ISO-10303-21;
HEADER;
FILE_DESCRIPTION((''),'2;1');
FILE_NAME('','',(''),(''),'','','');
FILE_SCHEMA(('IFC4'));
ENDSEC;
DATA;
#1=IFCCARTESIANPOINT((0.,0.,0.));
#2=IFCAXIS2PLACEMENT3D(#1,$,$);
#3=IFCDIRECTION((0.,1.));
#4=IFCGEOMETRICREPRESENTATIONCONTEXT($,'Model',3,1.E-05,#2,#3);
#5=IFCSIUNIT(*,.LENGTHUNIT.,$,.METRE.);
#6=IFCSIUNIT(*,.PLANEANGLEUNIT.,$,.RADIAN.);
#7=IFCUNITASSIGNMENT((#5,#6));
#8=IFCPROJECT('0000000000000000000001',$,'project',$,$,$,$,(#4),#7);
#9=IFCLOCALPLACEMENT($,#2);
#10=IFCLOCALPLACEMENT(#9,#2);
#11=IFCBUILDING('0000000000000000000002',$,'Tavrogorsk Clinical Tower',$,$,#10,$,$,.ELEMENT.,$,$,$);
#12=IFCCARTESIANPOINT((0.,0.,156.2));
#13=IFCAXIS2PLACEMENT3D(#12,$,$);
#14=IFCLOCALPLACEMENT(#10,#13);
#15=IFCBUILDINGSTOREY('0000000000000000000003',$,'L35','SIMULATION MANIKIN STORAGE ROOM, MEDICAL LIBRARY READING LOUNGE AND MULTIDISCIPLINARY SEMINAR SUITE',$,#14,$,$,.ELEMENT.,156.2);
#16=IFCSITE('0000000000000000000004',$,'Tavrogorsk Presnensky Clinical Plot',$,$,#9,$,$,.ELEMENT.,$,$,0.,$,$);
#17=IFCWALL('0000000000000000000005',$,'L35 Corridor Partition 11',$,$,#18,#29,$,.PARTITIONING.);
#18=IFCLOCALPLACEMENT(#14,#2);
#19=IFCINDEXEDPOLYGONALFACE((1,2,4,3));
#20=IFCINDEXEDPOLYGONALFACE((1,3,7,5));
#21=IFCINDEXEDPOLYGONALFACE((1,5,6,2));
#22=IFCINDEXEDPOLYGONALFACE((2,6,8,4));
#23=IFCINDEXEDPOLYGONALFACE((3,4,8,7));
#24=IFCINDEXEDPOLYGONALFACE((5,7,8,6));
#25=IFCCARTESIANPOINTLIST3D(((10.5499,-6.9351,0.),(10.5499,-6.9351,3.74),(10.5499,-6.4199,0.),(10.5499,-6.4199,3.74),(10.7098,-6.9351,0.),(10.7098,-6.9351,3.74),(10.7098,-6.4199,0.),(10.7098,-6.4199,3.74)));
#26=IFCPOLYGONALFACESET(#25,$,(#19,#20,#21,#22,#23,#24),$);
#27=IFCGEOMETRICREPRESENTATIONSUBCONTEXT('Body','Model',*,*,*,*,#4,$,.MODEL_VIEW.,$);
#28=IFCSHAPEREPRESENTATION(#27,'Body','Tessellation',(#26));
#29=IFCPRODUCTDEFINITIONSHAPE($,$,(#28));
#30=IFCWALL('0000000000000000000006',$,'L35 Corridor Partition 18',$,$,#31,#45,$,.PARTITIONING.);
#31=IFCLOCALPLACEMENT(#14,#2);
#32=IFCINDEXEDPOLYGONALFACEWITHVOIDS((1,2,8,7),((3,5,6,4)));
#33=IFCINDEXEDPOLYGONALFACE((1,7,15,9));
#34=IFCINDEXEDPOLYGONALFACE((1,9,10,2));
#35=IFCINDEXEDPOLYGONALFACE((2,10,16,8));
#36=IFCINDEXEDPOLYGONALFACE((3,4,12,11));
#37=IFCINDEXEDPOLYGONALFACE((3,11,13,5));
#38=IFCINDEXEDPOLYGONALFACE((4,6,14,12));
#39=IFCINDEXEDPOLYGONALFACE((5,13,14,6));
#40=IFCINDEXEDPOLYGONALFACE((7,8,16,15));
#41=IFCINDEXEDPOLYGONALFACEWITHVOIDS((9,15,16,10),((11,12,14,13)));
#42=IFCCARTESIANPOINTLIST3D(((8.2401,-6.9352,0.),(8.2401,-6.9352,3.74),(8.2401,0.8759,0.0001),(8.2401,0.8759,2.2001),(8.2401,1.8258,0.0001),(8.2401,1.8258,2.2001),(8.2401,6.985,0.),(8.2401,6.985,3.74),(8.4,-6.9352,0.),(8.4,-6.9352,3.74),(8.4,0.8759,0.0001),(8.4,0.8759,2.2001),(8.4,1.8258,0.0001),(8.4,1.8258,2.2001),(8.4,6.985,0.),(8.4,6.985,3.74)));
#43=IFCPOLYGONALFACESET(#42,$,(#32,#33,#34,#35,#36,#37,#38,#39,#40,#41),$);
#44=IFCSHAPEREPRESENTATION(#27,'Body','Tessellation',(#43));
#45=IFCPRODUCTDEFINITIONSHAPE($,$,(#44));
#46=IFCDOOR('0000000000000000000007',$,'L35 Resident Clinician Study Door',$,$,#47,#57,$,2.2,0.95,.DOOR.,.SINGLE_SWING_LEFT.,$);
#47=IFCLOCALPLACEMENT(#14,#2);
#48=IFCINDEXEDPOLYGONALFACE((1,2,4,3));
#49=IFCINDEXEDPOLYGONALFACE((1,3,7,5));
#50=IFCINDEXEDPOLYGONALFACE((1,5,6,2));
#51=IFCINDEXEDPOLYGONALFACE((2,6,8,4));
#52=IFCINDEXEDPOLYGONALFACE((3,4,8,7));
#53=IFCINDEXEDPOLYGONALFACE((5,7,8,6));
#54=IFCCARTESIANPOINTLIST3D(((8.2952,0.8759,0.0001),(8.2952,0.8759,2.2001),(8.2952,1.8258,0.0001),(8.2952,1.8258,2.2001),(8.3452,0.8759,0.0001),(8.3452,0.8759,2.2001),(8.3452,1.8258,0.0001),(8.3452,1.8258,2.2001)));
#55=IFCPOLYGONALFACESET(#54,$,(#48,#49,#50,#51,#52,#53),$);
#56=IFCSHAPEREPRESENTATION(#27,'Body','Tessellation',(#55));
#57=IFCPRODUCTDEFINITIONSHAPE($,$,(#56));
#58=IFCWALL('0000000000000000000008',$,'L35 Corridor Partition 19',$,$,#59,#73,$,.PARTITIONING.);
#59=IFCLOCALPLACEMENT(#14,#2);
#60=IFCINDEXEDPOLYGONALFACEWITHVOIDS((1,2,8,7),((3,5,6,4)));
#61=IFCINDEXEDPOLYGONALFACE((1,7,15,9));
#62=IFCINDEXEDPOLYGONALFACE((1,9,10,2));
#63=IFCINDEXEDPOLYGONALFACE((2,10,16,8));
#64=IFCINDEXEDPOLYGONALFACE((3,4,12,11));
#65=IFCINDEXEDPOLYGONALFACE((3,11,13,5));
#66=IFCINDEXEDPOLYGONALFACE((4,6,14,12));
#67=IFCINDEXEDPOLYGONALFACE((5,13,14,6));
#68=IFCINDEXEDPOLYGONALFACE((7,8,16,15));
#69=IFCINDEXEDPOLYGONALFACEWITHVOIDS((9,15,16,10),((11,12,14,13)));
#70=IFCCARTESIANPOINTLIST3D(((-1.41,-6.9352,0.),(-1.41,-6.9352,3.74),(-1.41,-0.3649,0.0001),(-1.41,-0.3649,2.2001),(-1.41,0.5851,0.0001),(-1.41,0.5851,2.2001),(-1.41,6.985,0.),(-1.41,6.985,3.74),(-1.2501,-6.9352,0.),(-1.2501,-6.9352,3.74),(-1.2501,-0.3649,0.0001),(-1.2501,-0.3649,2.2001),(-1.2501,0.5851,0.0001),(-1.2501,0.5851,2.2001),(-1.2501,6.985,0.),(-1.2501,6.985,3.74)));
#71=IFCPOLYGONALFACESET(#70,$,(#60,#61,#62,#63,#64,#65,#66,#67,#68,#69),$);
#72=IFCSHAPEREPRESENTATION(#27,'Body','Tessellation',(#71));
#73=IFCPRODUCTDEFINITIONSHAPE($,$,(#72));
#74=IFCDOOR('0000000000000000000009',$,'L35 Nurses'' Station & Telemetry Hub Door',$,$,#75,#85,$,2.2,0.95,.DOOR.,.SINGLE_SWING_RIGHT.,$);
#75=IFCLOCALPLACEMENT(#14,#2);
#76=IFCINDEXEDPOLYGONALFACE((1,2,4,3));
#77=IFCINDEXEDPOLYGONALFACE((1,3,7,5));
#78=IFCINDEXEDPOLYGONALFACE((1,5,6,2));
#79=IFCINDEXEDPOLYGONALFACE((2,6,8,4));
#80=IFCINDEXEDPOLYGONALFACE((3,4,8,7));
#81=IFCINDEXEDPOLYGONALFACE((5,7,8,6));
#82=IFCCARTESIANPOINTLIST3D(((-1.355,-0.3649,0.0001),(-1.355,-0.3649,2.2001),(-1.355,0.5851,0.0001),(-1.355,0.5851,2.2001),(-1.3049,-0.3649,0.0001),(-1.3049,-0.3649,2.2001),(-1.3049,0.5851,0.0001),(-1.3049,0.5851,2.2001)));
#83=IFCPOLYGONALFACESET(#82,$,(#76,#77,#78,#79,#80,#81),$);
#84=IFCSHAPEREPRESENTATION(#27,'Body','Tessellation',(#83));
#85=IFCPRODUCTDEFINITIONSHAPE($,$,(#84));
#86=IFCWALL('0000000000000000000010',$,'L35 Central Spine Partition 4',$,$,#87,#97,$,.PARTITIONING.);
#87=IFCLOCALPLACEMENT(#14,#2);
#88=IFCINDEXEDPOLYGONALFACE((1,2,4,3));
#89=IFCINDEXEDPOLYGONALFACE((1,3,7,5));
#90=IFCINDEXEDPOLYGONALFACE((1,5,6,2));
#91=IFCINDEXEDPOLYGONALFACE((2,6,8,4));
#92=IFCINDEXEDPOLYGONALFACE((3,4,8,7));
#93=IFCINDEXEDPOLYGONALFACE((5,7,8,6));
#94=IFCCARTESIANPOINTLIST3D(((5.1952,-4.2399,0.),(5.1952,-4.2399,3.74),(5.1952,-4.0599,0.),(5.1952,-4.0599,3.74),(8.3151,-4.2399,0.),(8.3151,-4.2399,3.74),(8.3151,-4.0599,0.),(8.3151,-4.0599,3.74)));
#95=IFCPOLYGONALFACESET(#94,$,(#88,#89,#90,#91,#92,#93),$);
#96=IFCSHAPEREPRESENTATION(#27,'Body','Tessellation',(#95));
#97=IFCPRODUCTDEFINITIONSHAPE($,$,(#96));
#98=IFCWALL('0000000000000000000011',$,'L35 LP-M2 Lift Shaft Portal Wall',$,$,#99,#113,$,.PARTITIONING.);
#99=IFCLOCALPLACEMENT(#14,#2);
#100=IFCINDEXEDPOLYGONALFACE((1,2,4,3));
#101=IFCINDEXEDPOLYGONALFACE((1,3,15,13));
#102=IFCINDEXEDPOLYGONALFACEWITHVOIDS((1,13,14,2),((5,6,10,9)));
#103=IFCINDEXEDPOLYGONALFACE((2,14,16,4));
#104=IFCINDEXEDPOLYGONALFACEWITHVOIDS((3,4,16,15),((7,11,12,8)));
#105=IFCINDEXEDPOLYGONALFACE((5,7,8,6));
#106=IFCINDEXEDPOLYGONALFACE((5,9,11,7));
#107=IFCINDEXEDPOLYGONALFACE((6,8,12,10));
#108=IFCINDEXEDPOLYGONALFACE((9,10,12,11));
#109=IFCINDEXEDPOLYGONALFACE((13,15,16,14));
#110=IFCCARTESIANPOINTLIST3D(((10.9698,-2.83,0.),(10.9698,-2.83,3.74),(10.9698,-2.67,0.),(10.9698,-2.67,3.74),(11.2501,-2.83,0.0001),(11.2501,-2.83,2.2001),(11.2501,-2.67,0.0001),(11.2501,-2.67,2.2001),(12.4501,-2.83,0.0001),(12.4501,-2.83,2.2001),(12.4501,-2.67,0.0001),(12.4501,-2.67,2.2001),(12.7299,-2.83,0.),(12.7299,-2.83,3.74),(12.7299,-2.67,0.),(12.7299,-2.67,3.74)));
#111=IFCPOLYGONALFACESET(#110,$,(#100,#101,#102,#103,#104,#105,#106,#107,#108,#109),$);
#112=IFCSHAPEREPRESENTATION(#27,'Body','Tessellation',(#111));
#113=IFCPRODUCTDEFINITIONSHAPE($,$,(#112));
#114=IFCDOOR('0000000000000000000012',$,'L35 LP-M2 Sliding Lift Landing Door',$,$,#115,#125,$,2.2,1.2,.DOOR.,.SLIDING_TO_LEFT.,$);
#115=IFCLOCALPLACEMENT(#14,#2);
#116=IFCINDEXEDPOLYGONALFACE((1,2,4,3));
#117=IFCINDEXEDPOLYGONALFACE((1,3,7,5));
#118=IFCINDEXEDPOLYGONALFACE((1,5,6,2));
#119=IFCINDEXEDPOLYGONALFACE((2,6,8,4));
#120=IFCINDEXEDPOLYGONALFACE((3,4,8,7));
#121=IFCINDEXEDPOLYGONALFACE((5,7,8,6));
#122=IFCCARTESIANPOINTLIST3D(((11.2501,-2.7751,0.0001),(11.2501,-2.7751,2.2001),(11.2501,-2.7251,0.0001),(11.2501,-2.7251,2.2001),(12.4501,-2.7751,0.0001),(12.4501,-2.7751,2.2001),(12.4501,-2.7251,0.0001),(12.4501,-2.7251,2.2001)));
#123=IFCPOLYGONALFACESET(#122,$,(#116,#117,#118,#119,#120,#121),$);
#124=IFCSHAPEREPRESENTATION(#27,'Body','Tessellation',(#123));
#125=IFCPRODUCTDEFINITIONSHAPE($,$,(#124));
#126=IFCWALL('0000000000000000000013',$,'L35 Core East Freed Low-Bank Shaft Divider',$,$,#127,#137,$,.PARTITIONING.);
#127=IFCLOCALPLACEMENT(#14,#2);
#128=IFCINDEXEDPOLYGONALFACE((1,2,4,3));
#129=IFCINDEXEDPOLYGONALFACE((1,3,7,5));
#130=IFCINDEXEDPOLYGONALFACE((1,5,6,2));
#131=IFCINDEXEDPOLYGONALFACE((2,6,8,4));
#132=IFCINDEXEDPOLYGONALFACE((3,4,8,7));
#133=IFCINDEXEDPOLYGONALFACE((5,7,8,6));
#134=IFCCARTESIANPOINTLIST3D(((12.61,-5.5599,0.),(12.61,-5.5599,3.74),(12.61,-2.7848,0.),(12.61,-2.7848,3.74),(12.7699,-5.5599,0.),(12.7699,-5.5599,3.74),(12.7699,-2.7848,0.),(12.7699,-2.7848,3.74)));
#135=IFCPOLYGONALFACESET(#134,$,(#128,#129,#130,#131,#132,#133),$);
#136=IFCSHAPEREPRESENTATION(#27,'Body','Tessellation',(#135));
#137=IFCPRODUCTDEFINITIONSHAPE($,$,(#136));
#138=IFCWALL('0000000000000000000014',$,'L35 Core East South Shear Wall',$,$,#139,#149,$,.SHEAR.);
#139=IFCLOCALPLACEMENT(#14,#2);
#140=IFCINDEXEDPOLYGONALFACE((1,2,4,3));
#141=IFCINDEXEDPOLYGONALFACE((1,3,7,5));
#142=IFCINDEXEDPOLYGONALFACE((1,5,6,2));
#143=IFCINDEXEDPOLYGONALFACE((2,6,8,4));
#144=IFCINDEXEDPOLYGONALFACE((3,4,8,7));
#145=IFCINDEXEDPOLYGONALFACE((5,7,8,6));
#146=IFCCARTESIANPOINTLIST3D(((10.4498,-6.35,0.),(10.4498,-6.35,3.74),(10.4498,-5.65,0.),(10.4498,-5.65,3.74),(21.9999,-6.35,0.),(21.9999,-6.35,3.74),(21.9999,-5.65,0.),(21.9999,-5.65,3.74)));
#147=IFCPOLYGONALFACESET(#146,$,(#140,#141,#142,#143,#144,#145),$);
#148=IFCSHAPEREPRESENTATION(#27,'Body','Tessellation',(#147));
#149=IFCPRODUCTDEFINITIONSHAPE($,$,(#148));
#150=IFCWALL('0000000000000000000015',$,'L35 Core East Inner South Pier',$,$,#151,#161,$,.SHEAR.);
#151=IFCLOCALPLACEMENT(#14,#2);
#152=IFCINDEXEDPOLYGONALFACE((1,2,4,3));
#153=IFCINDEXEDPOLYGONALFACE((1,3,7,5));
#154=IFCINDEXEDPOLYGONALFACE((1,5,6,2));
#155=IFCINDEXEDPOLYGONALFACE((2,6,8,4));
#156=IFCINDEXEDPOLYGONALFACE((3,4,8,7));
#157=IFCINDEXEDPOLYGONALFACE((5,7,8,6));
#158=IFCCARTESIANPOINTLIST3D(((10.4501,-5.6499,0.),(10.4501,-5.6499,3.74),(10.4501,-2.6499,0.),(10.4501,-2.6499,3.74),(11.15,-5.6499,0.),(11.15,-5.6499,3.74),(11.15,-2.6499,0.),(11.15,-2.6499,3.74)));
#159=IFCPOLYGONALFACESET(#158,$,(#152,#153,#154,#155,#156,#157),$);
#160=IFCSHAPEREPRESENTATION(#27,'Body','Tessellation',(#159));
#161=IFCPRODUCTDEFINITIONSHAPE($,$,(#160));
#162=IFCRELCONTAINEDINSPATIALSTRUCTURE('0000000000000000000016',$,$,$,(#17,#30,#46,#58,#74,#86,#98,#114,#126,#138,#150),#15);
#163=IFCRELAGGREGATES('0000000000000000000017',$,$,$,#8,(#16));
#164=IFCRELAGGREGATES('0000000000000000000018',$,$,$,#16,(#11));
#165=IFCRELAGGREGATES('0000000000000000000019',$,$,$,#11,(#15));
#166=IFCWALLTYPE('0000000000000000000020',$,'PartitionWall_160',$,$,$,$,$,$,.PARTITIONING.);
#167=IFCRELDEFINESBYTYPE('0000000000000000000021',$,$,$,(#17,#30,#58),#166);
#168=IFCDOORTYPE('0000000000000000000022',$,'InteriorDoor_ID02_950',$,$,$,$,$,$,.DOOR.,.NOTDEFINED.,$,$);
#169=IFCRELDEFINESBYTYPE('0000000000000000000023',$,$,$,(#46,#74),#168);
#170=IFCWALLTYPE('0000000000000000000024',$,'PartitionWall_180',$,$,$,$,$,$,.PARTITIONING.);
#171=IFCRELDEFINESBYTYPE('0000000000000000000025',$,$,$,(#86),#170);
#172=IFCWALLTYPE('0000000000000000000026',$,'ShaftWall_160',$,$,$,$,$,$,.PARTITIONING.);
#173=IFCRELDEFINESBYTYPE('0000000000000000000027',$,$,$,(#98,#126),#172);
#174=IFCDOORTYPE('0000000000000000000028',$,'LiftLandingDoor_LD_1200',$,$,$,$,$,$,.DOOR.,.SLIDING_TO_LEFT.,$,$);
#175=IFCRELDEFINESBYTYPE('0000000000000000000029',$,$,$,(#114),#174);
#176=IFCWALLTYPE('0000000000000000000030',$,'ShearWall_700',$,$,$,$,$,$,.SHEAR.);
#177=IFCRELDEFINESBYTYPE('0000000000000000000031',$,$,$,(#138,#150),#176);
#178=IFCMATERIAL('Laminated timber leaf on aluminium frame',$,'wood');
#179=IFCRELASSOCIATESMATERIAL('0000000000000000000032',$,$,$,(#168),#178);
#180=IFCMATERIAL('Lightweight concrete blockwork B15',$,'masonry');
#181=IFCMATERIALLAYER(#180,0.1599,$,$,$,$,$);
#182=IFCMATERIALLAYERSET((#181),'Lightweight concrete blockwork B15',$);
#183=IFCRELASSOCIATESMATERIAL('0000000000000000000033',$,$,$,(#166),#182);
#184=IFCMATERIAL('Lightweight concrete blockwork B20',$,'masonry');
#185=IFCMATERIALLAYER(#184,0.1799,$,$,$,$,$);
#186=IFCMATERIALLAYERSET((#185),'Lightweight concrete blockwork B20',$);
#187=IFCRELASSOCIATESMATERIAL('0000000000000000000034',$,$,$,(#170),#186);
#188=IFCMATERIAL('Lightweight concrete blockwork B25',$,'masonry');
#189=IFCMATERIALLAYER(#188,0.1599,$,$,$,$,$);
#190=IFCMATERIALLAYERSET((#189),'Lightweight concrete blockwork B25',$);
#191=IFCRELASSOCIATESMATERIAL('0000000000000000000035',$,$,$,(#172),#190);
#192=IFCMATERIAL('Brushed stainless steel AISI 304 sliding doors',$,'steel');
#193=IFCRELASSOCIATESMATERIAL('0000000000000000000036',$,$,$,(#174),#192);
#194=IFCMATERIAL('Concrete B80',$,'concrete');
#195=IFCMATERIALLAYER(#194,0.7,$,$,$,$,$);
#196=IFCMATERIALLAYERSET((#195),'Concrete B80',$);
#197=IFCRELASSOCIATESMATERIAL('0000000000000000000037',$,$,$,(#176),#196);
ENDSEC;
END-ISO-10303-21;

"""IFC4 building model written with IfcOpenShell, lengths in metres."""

from ifc_helpers import new_model, si_unit, direction, frame, frame_2d, origin, place, context, subcontext, project, spatial, rectangle, extrude, material, layer, layer_set, type_object, element, fill, save


model = new_model("IFC4")

# Units and contexts
model_context = context("Model", 3, precision=1e-05, world=origin(), true_north=direction((0.0, 1.0)))
body_context = subcontext(model_context, "Body", "Model", "MODEL_VIEW")
ifc_project = project(units=[si_unit("LENGTHUNIT", "METRE"), si_unit("PLANEANGLEUNIT", "RADIAN")], contexts=[model_context])

# Site, building, storey
site_placement = place(None, origin())
site = spatial("IfcSite", under=ifc_project, at=site_placement, Name="Tavrogorsk Presnensky Clinical Plot", CompositionType="ELEMENT", RefElevation=0.0)
building_placement = place(site_placement, origin())
building = spatial("IfcBuilding", under=site, at=building_placement, Name="Tavrogorsk Clinical Tower", CompositionType="ELEMENT")
storey_placement = place(building_placement, frame((0.0, 0.0, 156.2)))
storey = spatial("IfcBuildingStorey", under=building, at=storey_placement, Name="L35", Description="SIMULATION MANIKIN STORAGE ROOM, MEDICAL LIBRARY READING LOUNGE AND MULTIDISCIPLINARY SEMINAR SUITE", CompositionType="ELEMENT", Elevation=156.2)

# Shared definitions
ifc_material_1 = material(Name="Laminated timber leaf on aluminium frame", Category="wood")
door_type_1 = type_object("IfcDoorType", Name="InteriorDoor_ID02_950", OperationType="NOTDEFINED", PredefinedType="DOOR", material=ifc_material_1)
ifc_material_2 = material(Name="Lightweight concrete blockwork B15", Category="masonry")
ifc_layer_1 = layer(ifc_material_2, 0.1599)
ifc_layer_set_1 = layer_set([ifc_layer_1], Name="Lightweight concrete blockwork B15")
wall_type_1 = type_object("IfcWallType", Name="PartitionWall_160", PredefinedType="PARTITIONING", material=ifc_layer_set_1)

# Wall
wall_1_placement = place(storey_placement, frame((10.6299, -6.4199, 0.0), z_axis=(0.0, 0.0, 1.0), x_axis=(0.0, -1.0, 0.0)))
element("IfcWall", 1, at=wall_1_placement, inside=storey, type_object=wall_type_1, Name="L35 Corridor Partition 11", PredefinedType="PARTITIONING", context=body_context, shape_type="SweptSolid", body=[
    extrude(rectangle(XDim=0.5151, YDim=0.1599, at=frame_2d((0.2576, 0.0))), origin(), (0.0, 0.0, 1.0), 3.74),
])

# Walls, openings, doors
wall_2_placement = place(storey_placement, frame((8.3201, -6.9351, 0.0), z_axis=(0.0, 0.0, 1.0), x_axis=(0.0, 1.0, 0.0)))
wall_2 = element("IfcWall", 2, at=wall_2_placement, inside=storey, type_object=wall_type_1, Name="L35 Corridor Partition 18", PredefinedType="PARTITIONING", context=body_context, shape_type="SweptSolid", body=[
    extrude(rectangle(XDim=13.9202, YDim=0.1599, at=frame_2d((6.96, 0.0))), origin(), (0.0, 0.0, 1.0), 3.74),
])
opening_1_placement = place(wall_2_placement, frame((7.8108, 0.0, 0.0)))
opening_1 = element("IfcOpeningElement", 3, at=opening_1_placement, cuts=wall_2, PredefinedType="OPENING", context=body_context, shape_type="SweptSolid", body=[
    extrude(rectangle(XDim=0.95, YDim=2.2, at=frame_2d((0.4751, 1.1001))), frame((0.0, 0.0898, 0.0), z_axis=(0.0, -1.0, 0.0), x_axis=(1.0, 0.0, 0.0)), (0.0, 0.0, 1.0), 0.1799),
])
door_1_placement = place(opening_1_placement, origin())
door_1 = element("IfcDoor", 4, at=door_1_placement, inside=storey, type_object=door_type_1, Name="L35 Resident Clinician Study Door", OperationType="SINGLE_SWING_LEFT", OverallHeight=2.2, OverallWidth=0.95, PredefinedType="DOOR", context=body_context, shape_type="SweptSolid", body=[
    extrude(rectangle(XDim=0.95, YDim=2.2, at=frame_2d((0.4751, 1.1001))), frame((0.0, 0.0249, 0.0), z_axis=(0.0, -1.0, 0.0), x_axis=(1.0, 0.0, 0.0)), (0.0, 0.0, 1.0), 0.05),
])
fill(opening_1, door_1)
wall_3_placement = place(storey_placement, frame((-1.3301, -6.9351, 0.0), z_axis=(0.0, 0.0, 1.0), x_axis=(0.0, 1.0, 0.0)))
wall_3 = element("IfcWall", 5, at=wall_3_placement, inside=storey, type_object=wall_type_1, Name="L35 Corridor Partition 19", PredefinedType="PARTITIONING", context=body_context, shape_type="SweptSolid", body=[
    extrude(rectangle(XDim=13.9202, YDim=0.1599, at=frame_2d((6.96, 0.0))), origin(), (0.0, 0.0, 1.0), 3.74),
])
opening_2_placement = place(wall_3_placement, frame((6.5701, 0.0, 0.0)))
opening_2 = element("IfcOpeningElement", 6, at=opening_2_placement, cuts=wall_3, PredefinedType="OPENING", context=body_context, shape_type="SweptSolid", body=[
    extrude(rectangle(XDim=0.95, YDim=2.2, at=frame_2d((0.4751, 1.1001))), frame((0.0, 0.0898, 0.0), z_axis=(0.0, -1.0, 0.0), x_axis=(1.0, 0.0, 0.0)), (0.0, 0.0, 1.0), 0.1799),
])
door_2_placement = place(opening_2_placement, origin())
door_2 = element("IfcDoor", 7, at=door_2_placement, inside=storey, type_object=door_type_1, Name="L35 Nurses' Station & Telemetry Hub Door", OperationType="SINGLE_SWING_RIGHT", OverallHeight=2.2, OverallWidth=0.95, PredefinedType="DOOR", context=body_context, shape_type="SweptSolid", body=[
    extrude(rectangle(XDim=0.95, YDim=2.2, at=frame_2d((0.4751, 1.1001))), frame((0.0, 0.0249, 0.0), z_axis=(0.0, -1.0, 0.0), x_axis=(1.0, 0.0, 0.0)), (0.0, 0.0, 1.0), 0.05),
])
fill(opening_2, door_2)

# Wall
ifc_material_3 = material(Name="Lightweight concrete blockwork B20", Category="masonry")
ifc_layer_2 = layer(ifc_material_3, 0.1799)
ifc_layer_set_2 = layer_set([ifc_layer_2], Name="Lightweight concrete blockwork B20")
wall_type_2 = type_object("IfcWallType", Name="PartitionWall_180", PredefinedType="PARTITIONING", material=ifc_layer_set_2)
wall_4_placement = place(storey_placement, frame((5.1951, -4.1499, 0.0), z_axis=(0.0, 0.0, 1.0), x_axis=(1.0, 0.0, 0.0)))
element("IfcWall", 8, at=wall_4_placement, inside=storey, type_object=wall_type_2, Name="L35 Central Spine Partition 4", PredefinedType="PARTITIONING", context=body_context, shape_type="SweptSolid", body=[
    extrude(rectangle(XDim=3.1199, YDim=0.1799, at=frame_2d((1.5601, 0.0))), origin(), (0.0, 0.0, 1.0), 3.74),
])

# Wall, opening, door
ifc_material_4 = material(Name="Lightweight concrete blockwork B25", Category="masonry")
ifc_layer_3 = layer(ifc_material_4, 0.1599)
ifc_layer_set_3 = layer_set([ifc_layer_3], Name="Lightweight concrete blockwork B25")
wall_type_3 = type_object("IfcWallType", Name="ShaftWall_160", PredefinedType="PARTITIONING", material=ifc_layer_set_3)
wall_5_placement = place(storey_placement, frame((10.97, -2.75, 0.0), z_axis=(0.0, 0.0, 1.0), x_axis=(1.0, 0.0, 0.0)))
wall_5 = element("IfcWall", 9, at=wall_5_placement, inside=storey, type_object=wall_type_3, Name="L35 LP-M2 Lift Shaft Portal Wall", PredefinedType="PARTITIONING", context=body_context, shape_type="SweptSolid", body=[
    extrude(rectangle(XDim=1.76, YDim=0.1599, at=frame_2d((0.8799, 0.0))), origin(), (0.0, 0.0, 1.0), 3.74),
])
opening_3_placement = place(wall_5_placement, frame((0.28, 0.0, 0.0)))
opening_3 = element("IfcOpeningElement", 10, at=opening_3_placement, cuts=wall_5, PredefinedType="OPENING", context=body_context, shape_type="SweptSolid", body=[
    extrude(rectangle(XDim=1.2, YDim=2.2, at=frame_2d((0.6001, 1.1001))), frame((0.0, 0.0898, 0.0), z_axis=(0.0, -1.0, 0.0), x_axis=(1.0, 0.0, 0.0)), (0.0, 0.0, 1.0), 0.1799),
])
ifc_material_5 = material(Name="Brushed stainless steel AISI 304 sliding doors", Category="steel")
door_type_2 = type_object("IfcDoorType", Name="LiftLandingDoor_LD_1200", OperationType="SLIDING_TO_LEFT", PredefinedType="DOOR", material=ifc_material_5)
door_3_placement = place(opening_3_placement, origin())
door_3 = element("IfcDoor", 11, at=door_3_placement, inside=storey, type_object=door_type_2, Name="L35 LP-M2 Sliding Lift Landing Door", OperationType="SLIDING_TO_LEFT", OverallHeight=2.2, OverallWidth=1.2, PredefinedType="DOOR", context=body_context, shape_type="SweptSolid", body=[
    extrude(rectangle(XDim=1.2, YDim=2.2, at=frame_2d((0.6001, 1.1001))), frame((0.0, 0.0249, 0.0), z_axis=(0.0, -1.0, 0.0), x_axis=(1.0, 0.0, 0.0)), (0.0, 0.0, 1.0), 0.05),
])
fill(opening_3, door_3)

# Walls
wall_6_placement = place(storey_placement, frame((12.6899, -5.5601, 0.0), z_axis=(0.0, 0.0, 1.0), x_axis=(0.0, 1.0, 0.0)))
element("IfcWall", 12, at=wall_6_placement, inside=storey, type_object=wall_type_3, Name="L35 Core East Freed Low-Bank Shaft Divider", PredefinedType="PARTITIONING", context=body_context, shape_type="SweptSolid", body=[
    extrude(rectangle(XDim=2.7751, YDim=0.1599, at=frame_2d((1.3877, 0.0))), origin(), (0.0, 0.0, 1.0), 3.74),
])
ifc_material_6 = material(Name="Concrete B80", Category="concrete")
ifc_layer_4 = layer(ifc_material_6, 0.7)
ifc_layer_set_4 = layer_set([ifc_layer_4], Name="Concrete B80")
wall_type_4 = type_object("IfcWallType", Name="ShearWall_700", PredefinedType="SHEAR", material=ifc_layer_set_4)
wall_7_placement = place(storey_placement, frame((10.45, -6.0, 0.0), z_axis=(0.0, 0.0, 1.0), x_axis=(1.0, 0.0, 0.0)))
element("IfcWall", 13, at=wall_7_placement, inside=storey, type_object=wall_type_4, Name="L35 Core East South Shear Wall", PredefinedType="SHEAR", context=body_context, shape_type="SweptSolid", body=[
    extrude(rectangle(XDim=11.55, YDim=0.7, at=frame_2d((5.7749, 0.0))), origin(), (0.0, 0.0, 1.0), 3.74),
])
wall_8_placement = place(storey_placement, frame((10.8, -5.6499, 0.0), z_axis=(0.0, 0.0, 1.0), x_axis=(0.0, 1.0, 0.0)))
element("IfcWall", 14, at=wall_8_placement, inside=storey, type_object=wall_type_4, Name="L35 Core East Inner South Pier", PredefinedType="SHEAR", context=body_context, shape_type="SweptSolid", body=[
    extrude(rectangle(XDim=3.0, YDim=0.7, at=frame_2d((1.5, 0.0))), origin(), (0.0, 0.0, 1.0), 3.74),
])

save(model, "model.ifc")
